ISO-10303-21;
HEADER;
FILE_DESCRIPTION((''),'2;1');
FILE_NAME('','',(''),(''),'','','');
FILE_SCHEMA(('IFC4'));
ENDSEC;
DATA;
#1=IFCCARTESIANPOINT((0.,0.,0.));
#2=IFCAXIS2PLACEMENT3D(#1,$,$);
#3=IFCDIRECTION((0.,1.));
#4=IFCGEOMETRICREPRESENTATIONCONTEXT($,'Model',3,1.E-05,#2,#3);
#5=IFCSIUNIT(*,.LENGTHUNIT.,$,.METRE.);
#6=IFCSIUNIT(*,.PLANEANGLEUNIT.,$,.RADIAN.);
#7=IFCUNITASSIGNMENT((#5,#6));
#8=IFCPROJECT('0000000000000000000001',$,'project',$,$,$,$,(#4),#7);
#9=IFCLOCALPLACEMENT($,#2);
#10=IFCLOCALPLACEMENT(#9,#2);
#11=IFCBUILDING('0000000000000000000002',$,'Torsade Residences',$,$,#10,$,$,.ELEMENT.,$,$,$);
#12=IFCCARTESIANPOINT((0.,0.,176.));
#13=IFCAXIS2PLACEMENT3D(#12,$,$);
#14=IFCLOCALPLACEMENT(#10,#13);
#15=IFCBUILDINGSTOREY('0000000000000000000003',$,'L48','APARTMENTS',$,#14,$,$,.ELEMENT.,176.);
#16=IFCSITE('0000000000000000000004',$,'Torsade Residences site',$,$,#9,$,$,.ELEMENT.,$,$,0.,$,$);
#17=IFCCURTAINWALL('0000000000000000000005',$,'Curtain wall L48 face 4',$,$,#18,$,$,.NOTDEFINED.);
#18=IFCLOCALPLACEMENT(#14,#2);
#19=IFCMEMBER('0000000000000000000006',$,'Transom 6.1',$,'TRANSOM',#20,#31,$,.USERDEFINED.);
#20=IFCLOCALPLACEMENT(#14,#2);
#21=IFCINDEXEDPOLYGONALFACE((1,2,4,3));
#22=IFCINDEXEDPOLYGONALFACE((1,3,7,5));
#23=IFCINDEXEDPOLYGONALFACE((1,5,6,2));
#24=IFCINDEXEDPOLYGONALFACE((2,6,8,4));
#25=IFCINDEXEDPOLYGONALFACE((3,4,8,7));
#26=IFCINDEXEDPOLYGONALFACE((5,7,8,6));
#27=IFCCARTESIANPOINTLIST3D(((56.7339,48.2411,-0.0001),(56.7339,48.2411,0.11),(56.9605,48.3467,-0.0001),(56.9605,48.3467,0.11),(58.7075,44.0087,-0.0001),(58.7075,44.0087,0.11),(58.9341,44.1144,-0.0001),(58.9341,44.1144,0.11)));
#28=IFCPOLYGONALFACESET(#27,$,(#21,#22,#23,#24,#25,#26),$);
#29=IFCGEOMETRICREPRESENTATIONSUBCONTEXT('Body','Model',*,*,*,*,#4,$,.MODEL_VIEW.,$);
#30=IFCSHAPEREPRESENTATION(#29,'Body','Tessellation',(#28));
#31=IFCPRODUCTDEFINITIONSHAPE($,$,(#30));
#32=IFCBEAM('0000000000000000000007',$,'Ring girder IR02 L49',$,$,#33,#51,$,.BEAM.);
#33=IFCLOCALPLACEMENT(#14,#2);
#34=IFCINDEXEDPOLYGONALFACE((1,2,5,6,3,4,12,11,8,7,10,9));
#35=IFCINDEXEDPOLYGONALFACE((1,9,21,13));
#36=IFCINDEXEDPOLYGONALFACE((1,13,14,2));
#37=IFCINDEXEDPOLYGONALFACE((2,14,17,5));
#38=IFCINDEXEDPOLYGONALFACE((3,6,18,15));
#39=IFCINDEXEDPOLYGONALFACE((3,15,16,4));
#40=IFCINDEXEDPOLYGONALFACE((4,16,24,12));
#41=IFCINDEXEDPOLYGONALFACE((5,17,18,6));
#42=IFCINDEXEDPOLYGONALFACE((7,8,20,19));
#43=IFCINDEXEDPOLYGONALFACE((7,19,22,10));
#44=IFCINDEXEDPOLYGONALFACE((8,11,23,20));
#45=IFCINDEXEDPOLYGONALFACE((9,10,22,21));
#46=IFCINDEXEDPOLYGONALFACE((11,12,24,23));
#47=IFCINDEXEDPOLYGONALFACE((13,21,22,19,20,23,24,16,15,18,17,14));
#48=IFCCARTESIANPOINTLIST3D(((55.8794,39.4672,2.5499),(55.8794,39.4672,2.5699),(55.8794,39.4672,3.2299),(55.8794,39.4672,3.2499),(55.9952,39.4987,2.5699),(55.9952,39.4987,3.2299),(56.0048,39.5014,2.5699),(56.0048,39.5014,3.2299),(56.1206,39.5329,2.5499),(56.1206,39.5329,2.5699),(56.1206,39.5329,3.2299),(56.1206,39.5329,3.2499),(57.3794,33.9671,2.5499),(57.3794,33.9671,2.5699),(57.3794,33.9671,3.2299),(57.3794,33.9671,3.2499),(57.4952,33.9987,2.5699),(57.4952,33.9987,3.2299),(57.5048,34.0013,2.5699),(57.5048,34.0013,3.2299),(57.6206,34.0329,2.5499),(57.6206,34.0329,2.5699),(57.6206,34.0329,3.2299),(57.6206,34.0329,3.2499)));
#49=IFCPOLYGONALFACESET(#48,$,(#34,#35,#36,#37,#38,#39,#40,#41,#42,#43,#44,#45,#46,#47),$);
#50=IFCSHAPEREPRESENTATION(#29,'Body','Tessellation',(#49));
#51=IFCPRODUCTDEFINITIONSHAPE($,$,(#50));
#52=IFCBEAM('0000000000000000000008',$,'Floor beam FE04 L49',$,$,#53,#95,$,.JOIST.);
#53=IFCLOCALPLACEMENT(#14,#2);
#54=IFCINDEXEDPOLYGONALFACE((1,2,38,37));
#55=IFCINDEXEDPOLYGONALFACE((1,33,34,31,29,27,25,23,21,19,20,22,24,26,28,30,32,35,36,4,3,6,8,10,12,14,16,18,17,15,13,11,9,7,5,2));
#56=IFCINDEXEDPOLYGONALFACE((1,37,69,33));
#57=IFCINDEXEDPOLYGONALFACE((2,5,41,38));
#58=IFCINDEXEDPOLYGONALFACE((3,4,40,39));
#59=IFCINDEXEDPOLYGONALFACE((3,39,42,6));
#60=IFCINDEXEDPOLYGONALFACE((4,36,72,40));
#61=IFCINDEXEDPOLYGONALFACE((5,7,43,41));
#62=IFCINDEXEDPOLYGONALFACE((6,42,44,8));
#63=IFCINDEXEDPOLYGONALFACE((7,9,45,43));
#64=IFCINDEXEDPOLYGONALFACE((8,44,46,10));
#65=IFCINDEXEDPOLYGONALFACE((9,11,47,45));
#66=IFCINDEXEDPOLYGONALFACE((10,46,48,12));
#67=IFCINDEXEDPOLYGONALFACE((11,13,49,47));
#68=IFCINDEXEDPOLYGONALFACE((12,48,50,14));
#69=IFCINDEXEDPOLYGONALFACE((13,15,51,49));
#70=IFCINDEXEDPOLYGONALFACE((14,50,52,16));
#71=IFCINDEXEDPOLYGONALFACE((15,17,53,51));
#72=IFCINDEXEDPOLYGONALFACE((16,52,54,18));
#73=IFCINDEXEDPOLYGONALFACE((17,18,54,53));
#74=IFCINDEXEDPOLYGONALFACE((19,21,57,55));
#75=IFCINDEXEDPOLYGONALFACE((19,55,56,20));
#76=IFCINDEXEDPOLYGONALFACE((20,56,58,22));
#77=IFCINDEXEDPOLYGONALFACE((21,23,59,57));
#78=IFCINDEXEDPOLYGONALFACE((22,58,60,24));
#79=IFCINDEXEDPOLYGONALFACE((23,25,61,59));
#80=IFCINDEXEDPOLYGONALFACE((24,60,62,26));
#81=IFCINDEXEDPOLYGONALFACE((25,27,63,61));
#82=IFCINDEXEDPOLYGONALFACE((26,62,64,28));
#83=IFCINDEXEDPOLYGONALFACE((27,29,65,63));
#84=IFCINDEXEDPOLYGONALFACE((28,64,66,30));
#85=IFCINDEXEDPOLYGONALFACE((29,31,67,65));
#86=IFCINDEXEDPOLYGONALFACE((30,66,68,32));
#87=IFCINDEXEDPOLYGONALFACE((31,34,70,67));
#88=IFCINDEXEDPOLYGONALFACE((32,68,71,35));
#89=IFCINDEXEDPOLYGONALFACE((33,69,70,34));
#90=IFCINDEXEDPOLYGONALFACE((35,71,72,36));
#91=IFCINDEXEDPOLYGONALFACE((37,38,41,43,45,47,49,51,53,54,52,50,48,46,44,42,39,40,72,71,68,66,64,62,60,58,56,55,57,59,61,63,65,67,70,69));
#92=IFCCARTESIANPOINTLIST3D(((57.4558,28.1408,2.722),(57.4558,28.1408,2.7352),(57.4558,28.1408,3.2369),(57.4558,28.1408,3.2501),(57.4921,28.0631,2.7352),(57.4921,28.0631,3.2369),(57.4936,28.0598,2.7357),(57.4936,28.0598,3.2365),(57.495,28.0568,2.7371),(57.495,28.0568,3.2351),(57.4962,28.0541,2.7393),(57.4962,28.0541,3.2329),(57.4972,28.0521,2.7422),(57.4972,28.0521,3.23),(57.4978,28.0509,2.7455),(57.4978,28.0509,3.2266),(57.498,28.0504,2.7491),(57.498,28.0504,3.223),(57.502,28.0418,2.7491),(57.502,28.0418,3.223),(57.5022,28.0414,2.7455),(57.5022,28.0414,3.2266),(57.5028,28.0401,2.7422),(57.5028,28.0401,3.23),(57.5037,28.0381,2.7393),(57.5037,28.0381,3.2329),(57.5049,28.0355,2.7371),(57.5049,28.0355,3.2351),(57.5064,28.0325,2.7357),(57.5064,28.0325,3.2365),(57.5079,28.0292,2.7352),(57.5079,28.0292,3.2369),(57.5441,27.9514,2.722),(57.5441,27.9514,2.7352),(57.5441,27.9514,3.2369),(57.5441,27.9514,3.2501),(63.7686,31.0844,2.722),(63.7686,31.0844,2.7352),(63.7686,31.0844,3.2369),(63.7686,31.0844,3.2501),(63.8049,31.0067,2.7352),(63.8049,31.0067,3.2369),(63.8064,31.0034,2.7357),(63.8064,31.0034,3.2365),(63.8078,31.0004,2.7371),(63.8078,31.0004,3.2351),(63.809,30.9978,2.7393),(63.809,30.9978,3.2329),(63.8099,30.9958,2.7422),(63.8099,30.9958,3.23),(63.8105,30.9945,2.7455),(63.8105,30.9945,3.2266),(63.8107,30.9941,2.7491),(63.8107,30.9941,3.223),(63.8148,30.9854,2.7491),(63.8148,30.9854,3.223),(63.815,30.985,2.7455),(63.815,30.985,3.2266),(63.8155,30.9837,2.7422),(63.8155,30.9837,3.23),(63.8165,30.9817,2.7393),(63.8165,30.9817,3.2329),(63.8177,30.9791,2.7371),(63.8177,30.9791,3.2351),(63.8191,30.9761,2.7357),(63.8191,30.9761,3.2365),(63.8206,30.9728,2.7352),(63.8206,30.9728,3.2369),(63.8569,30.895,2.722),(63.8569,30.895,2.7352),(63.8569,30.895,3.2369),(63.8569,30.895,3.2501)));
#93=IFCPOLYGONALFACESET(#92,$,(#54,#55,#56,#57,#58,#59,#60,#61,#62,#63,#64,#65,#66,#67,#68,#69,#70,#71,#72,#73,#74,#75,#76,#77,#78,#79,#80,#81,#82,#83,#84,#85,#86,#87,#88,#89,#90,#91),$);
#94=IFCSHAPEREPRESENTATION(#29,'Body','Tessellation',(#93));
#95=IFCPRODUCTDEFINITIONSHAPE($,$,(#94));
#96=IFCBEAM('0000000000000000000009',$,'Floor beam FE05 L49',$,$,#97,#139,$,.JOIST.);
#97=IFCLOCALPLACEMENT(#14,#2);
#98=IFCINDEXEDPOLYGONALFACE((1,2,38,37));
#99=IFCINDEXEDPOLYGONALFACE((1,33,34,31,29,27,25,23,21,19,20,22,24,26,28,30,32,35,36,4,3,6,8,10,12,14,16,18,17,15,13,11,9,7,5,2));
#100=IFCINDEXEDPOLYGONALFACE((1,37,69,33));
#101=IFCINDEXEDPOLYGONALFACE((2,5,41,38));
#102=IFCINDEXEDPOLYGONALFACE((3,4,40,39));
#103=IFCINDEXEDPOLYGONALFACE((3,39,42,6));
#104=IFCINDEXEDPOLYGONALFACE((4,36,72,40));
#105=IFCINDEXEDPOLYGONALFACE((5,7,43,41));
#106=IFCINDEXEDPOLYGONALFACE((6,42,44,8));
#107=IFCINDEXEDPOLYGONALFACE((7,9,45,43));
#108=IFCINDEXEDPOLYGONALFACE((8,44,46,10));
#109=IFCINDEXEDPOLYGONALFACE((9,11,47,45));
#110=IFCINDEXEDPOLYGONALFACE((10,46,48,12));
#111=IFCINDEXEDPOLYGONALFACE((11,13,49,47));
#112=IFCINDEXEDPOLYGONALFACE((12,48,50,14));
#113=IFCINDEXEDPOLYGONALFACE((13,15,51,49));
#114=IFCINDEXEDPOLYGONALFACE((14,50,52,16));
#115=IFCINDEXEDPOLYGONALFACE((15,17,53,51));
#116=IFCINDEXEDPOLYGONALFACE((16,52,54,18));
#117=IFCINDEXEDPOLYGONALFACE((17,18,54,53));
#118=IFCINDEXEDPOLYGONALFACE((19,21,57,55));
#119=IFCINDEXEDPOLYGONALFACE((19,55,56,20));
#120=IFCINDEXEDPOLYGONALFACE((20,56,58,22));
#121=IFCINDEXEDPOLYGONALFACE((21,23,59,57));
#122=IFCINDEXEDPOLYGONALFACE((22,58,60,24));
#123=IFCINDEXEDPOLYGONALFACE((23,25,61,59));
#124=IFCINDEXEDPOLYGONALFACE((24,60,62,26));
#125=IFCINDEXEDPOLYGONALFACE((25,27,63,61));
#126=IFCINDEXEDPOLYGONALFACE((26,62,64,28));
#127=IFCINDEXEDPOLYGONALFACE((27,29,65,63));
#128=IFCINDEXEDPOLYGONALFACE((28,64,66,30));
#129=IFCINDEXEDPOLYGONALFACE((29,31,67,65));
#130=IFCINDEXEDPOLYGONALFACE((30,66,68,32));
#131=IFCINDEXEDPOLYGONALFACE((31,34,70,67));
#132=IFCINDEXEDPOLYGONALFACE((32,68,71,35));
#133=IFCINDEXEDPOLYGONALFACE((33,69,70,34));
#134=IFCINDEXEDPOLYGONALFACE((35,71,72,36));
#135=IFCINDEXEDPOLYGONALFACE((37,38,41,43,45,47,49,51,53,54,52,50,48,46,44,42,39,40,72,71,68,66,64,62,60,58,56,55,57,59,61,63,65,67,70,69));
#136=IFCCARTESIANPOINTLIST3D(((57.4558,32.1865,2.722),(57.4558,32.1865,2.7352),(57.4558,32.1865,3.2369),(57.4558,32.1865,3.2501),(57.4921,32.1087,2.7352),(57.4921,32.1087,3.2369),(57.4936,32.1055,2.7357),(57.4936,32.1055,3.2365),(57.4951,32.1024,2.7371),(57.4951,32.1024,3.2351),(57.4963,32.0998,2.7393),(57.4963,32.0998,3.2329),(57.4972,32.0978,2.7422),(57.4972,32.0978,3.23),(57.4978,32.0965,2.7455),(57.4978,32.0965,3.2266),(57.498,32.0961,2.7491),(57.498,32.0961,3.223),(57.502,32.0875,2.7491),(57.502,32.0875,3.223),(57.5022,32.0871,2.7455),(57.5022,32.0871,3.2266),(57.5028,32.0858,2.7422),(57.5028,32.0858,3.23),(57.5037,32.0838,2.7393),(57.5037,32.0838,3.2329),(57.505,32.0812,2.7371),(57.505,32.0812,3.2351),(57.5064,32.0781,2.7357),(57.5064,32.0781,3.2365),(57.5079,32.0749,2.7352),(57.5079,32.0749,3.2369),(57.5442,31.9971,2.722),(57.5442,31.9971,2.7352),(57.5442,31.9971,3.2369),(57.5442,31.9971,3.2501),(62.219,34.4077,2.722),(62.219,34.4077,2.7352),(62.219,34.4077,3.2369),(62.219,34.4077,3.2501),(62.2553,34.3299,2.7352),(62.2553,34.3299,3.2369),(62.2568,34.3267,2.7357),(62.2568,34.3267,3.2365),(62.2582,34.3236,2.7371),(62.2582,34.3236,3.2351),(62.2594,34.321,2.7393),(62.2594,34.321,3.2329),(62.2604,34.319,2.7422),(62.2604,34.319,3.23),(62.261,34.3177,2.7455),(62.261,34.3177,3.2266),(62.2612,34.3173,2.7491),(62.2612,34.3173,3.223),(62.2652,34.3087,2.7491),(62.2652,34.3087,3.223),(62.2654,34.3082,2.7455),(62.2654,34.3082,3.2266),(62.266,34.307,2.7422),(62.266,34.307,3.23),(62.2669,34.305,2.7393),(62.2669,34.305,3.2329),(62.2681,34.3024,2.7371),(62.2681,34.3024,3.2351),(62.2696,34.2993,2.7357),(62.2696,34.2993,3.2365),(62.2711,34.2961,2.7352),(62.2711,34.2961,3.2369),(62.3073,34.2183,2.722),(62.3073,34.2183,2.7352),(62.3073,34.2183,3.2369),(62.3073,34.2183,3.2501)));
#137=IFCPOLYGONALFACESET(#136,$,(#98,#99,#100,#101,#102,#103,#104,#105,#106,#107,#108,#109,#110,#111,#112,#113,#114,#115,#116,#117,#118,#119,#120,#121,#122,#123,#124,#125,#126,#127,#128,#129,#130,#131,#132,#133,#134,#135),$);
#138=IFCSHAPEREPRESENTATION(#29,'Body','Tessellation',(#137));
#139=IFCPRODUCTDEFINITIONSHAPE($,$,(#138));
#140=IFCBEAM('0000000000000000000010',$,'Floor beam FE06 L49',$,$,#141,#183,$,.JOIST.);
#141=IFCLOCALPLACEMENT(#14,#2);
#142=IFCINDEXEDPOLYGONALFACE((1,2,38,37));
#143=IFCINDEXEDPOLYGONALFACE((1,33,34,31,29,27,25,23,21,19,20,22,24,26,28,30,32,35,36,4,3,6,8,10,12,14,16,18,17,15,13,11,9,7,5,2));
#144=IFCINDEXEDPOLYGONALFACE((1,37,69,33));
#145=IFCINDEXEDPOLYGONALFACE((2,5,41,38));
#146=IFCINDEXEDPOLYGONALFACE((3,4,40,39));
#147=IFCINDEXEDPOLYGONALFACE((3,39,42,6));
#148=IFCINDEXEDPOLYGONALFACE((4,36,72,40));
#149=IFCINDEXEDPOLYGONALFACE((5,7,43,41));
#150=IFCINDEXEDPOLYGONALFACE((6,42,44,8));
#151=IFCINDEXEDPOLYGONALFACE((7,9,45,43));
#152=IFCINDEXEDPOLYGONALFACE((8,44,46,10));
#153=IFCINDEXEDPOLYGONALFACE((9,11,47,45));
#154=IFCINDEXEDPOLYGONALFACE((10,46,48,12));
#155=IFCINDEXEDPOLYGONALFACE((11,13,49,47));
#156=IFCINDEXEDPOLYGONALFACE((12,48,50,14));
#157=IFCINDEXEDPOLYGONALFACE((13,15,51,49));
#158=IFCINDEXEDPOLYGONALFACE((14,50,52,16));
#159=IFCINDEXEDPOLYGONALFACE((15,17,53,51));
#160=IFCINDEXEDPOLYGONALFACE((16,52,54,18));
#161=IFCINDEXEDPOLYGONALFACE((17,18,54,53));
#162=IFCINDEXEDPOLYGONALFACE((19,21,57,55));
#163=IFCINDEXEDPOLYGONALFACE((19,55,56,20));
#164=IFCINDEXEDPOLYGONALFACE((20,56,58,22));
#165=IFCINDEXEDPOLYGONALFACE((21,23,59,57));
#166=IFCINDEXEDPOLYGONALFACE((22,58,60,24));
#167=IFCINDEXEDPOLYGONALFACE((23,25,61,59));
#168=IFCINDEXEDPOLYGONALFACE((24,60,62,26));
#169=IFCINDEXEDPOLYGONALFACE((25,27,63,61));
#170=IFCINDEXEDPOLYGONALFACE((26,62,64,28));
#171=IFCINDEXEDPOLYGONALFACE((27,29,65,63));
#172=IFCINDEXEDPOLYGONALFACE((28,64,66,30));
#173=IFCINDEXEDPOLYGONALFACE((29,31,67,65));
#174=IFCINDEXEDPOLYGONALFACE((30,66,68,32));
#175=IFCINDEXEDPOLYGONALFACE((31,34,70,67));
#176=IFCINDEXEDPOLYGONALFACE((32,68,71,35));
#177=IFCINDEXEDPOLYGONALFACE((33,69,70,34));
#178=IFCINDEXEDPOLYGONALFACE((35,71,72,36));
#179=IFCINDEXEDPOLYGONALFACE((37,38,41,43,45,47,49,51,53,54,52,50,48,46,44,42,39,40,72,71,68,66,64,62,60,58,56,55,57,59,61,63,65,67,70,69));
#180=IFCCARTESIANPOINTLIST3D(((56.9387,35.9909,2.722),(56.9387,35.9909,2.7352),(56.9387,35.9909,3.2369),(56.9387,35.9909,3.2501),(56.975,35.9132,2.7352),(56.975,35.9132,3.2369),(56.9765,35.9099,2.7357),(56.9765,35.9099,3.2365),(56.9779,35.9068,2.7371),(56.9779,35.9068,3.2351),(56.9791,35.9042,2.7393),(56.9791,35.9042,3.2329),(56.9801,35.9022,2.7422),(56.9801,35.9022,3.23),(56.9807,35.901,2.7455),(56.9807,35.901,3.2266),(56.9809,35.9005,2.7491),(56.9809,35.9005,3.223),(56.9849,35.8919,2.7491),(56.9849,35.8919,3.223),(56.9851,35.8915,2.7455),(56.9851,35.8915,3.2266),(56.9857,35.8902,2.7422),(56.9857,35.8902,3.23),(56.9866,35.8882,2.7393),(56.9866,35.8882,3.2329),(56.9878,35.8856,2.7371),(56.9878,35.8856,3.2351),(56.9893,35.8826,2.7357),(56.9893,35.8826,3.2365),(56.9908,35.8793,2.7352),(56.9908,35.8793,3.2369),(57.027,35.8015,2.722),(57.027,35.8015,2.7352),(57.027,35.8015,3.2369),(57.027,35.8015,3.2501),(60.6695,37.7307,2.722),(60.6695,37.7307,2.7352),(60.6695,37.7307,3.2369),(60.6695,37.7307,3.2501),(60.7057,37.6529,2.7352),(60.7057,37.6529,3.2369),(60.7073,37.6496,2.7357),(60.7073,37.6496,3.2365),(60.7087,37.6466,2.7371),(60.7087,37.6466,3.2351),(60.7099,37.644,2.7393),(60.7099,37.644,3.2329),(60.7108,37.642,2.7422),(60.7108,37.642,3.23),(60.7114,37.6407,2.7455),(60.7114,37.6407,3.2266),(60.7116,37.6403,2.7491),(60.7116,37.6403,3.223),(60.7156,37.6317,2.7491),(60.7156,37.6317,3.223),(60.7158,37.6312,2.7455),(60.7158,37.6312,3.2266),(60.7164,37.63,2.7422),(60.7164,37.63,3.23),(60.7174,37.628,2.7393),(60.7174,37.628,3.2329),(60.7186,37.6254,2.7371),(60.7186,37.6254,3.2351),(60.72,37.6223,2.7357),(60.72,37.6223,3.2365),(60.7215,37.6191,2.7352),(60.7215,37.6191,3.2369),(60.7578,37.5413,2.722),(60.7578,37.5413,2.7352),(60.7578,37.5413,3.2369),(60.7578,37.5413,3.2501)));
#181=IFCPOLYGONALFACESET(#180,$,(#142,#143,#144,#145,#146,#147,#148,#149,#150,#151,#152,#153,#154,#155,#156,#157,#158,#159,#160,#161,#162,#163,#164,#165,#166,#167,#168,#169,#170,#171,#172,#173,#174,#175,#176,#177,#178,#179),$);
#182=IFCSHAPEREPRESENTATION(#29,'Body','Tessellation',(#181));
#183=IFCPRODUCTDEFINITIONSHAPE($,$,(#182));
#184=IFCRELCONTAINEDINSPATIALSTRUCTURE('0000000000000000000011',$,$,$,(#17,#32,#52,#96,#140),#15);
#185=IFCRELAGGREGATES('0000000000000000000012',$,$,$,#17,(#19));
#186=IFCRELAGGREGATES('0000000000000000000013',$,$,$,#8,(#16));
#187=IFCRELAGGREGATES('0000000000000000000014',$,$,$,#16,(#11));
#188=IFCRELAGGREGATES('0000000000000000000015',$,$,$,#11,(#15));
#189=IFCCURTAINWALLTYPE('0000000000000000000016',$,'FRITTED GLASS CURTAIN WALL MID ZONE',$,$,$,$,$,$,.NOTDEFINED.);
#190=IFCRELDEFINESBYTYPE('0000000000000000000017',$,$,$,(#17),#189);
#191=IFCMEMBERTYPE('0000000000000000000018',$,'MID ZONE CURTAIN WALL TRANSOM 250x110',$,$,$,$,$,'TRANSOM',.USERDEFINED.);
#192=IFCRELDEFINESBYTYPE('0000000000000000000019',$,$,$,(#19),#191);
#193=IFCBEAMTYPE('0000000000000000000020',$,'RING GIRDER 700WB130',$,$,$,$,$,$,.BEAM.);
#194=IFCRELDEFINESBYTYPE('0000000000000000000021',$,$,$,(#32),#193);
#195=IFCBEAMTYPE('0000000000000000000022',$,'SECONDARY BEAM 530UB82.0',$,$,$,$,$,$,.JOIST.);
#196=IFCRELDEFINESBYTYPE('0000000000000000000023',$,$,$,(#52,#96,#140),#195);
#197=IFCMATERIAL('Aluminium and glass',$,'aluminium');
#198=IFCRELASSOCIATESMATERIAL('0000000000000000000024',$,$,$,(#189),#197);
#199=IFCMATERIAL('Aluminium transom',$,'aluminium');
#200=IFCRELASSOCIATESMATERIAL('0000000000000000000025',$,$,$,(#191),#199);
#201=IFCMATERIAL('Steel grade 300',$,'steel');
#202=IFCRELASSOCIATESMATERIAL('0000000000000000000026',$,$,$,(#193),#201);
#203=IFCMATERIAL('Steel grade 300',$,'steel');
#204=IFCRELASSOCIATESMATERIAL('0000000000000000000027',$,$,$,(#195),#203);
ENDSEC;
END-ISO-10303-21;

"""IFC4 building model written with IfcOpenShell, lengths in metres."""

from ifc_helpers import new_model, si_unit, direction, frame, origin, origin_2d, place, context, subcontext, project, spatial, rectangle, i_section, extrude, material, material_profile, profile_set, type_object, element, aggregate, save


model = new_model("IFC4")

# Units and contexts
model_context = context("Model", 3, precision=1e-05, world=origin(), true_north=direction((0.0, 1.0)))
body_context = subcontext(model_context, "Body", "Model", "MODEL_VIEW")
ifc_project = project(units=[si_unit("LENGTHUNIT", "METRE"), si_unit("PLANEANGLEUNIT", "RADIAN")], contexts=[model_context])

# Site, building, storey
site_placement = place(None, origin())
site = spatial("IfcSite", under=ifc_project, at=site_placement, Name="Torsade Residences site", CompositionType="ELEMENT", RefElevation=0.0)
building_placement = place(site_placement, origin())
building = spatial("IfcBuilding", under=site, at=building_placement, Name="Torsade Residences", CompositionType="ELEMENT")
storey_placement = place(building_placement, frame((0.0, 0.0, 176.0)))
storey = spatial("IfcBuildingStorey", under=building, at=storey_placement, Name="L48", Description="APARTMENTS", CompositionType="ELEMENT", Elevation=176.0)

# Curtain wall, member
ifc_material_1 = material(Name="Aluminium and glass", Category="aluminium")
curtain_wall_type = type_object("IfcCurtainWallType", Name="FRITTED GLASS CURTAIN WALL MID ZONE", PredefinedType="NOTDEFINED", material=ifc_material_1)
curtain_wall_placement = place(storey_placement, origin())
curtain_wall = element("IfcCurtainWall", 1, at=curtain_wall_placement, inside=storey, type_object=curtain_wall_type, Name="Curtain wall L48 face 4", PredefinedType="NOTDEFINED")
ifc_material_2 = material(Name="Aluminium transom", Category="aluminium")
ifc_material_profile_1 = material_profile(ifc_material_2, rectangle(XDim=0.25, YDim=0.1101, at=origin_2d()), Name="MID ZONE CURTAIN WALL TRANSOM 250x110")
ifc_profile_set_1 = profile_set([ifc_material_profile_1], Name="Aluminium transom")
member_type_1 = type_object("IfcMemberType", Name="MID ZONE CURTAIN WALL TRANSOM 250x110", ElementType="TRANSOM", PredefinedType="USERDEFINED", material=ifc_profile_set_1)
member_1_placement = place(storey_placement, frame((58.8208, 44.0615, 0.0549), z_axis=(-0.422622, 0.906306, 0.0), x_axis=(-0.906306, -0.422622, 0.0)))
member_1 = element("IfcMember", 2, at=member_1_placement, type_object=member_type_1, Name="Transom 6.1", ObjectType="TRANSOM", PredefinedType="USERDEFINED", context=body_context, shape_type="SweptSolid", body=[
    extrude(rectangle(XDim=0.25, YDim=0.1101, at=origin_2d()), origin(), (0.0, 0.0, 1.0), 4.6699),
])

# Beams
ifc_material_3 = material(Name="Steel grade 300", Category="steel")
ifc_material_profile_2 = material_profile(ifc_material_3, i_section(OverallWidth=0.25, OverallDepth=0.7, WebThickness=0.01, FlangeThickness=0.02, at=origin_2d()), Name="700WB130")
ifc_profile_set_2 = profile_set([ifc_material_profile_2], Name="Steel grade 300")
beam_type_1 = type_object("IfcBeamType", Name="RING GIRDER 700WB130", PredefinedType="BEAM", material=ifc_profile_set_2)
beam_1_placement = place(storey_placement, frame((57.5, 34.0, 2.8999), z_axis=(-0.263117, 0.964764, 0.0), x_axis=(-0.964764, -0.263117, 0.0)))
element("IfcBeam", 3, at=beam_1_placement, inside=storey, type_object=beam_type_1, Name="Ring girder IR02 L49", PredefinedType="BEAM", context=body_context, shape_type="SweptSolid", body=[
    extrude(i_section(OverallWidth=0.25, OverallDepth=0.7, WebThickness=0.01, FlangeThickness=0.02, at=origin_2d()), origin(), (0.0, 0.0, 1.0), 5.7009),
])
ifc_material_4 = material(Name="Steel grade 300", Category="steel")
ifc_material_profile_3 = material_profile(ifc_material_4, i_section(OverallWidth=0.209, OverallDepth=0.5281, WebThickness=0.0095, FlangeThickness=0.0132, FilletRadius=0.0139, at=origin_2d()), Name="530UB82.0")
ifc_profile_set_3 = profile_set([ifc_material_profile_3], Name="Steel grade 300")
beam_type_2 = type_object("IfcBeamType", Name="SECONDARY BEAM 530UB82.0", PredefinedType="JOIST", material=ifc_profile_set_3)
beam_2_placement = place(storey_placement, frame((63.8127, 30.9897, 2.9861), z_axis=(-0.906312, -0.422609, 0.0), x_axis=(0.422609, -0.906312, 0.0)))
element("IfcBeam", 4, at=beam_2_placement, inside=storey, type_object=beam_type_2, Name="Floor beam FE04 L49", PredefinedType="JOIST", context=body_context, shape_type="SweptSolid", body=[
    extrude(i_section(OverallWidth=0.209, OverallDepth=0.5281, WebThickness=0.0095, FlangeThickness=0.0132, FilletRadius=0.0139, at=origin_2d()), origin(), (0.0, 0.0, 1.0), 6.9653),
])
beam_3_placement = place(storey_placement, frame((62.2632, 34.313, 2.9861), z_axis=(-0.906302, -0.422631, 0.0), x_axis=(0.422631, -0.906302, 0.0)))
element("IfcBeam", 5, at=beam_3_placement, inside=storey, type_object=beam_type_2, Name="Floor beam FE05 L49", PredefinedType="JOIST", context=body_context, shape_type="SweptSolid", body=[
    extrude(i_section(OverallWidth=0.209, OverallDepth=0.5281, WebThickness=0.0095, FlangeThickness=0.0132, FilletRadius=0.0139, at=origin_2d()), origin(), (0.0, 0.0, 1.0), 5.2556),
])
beam_4_placement = place(storey_placement, frame((60.7136, 37.636, 2.9861), z_axis=(-0.9063, -0.422635, 0.0), x_axis=(0.422635, -0.9063, 0.0)))
element("IfcBeam", 6, at=beam_4_placement, inside=storey, type_object=beam_type_2, Name="Floor beam FE06 L49", PredefinedType="JOIST", context=body_context, shape_type="SweptSolid", body=[
    extrude(i_section(OverallWidth=0.209, OverallDepth=0.5281, WebThickness=0.0095, FlangeThickness=0.0132, FilletRadius=0.0139, at=origin_2d()), origin(), (0.0, 0.0, 1.0), 4.1165),
])

aggregate(curtain_wall, [member_1])

save(model, "model.ifc")
